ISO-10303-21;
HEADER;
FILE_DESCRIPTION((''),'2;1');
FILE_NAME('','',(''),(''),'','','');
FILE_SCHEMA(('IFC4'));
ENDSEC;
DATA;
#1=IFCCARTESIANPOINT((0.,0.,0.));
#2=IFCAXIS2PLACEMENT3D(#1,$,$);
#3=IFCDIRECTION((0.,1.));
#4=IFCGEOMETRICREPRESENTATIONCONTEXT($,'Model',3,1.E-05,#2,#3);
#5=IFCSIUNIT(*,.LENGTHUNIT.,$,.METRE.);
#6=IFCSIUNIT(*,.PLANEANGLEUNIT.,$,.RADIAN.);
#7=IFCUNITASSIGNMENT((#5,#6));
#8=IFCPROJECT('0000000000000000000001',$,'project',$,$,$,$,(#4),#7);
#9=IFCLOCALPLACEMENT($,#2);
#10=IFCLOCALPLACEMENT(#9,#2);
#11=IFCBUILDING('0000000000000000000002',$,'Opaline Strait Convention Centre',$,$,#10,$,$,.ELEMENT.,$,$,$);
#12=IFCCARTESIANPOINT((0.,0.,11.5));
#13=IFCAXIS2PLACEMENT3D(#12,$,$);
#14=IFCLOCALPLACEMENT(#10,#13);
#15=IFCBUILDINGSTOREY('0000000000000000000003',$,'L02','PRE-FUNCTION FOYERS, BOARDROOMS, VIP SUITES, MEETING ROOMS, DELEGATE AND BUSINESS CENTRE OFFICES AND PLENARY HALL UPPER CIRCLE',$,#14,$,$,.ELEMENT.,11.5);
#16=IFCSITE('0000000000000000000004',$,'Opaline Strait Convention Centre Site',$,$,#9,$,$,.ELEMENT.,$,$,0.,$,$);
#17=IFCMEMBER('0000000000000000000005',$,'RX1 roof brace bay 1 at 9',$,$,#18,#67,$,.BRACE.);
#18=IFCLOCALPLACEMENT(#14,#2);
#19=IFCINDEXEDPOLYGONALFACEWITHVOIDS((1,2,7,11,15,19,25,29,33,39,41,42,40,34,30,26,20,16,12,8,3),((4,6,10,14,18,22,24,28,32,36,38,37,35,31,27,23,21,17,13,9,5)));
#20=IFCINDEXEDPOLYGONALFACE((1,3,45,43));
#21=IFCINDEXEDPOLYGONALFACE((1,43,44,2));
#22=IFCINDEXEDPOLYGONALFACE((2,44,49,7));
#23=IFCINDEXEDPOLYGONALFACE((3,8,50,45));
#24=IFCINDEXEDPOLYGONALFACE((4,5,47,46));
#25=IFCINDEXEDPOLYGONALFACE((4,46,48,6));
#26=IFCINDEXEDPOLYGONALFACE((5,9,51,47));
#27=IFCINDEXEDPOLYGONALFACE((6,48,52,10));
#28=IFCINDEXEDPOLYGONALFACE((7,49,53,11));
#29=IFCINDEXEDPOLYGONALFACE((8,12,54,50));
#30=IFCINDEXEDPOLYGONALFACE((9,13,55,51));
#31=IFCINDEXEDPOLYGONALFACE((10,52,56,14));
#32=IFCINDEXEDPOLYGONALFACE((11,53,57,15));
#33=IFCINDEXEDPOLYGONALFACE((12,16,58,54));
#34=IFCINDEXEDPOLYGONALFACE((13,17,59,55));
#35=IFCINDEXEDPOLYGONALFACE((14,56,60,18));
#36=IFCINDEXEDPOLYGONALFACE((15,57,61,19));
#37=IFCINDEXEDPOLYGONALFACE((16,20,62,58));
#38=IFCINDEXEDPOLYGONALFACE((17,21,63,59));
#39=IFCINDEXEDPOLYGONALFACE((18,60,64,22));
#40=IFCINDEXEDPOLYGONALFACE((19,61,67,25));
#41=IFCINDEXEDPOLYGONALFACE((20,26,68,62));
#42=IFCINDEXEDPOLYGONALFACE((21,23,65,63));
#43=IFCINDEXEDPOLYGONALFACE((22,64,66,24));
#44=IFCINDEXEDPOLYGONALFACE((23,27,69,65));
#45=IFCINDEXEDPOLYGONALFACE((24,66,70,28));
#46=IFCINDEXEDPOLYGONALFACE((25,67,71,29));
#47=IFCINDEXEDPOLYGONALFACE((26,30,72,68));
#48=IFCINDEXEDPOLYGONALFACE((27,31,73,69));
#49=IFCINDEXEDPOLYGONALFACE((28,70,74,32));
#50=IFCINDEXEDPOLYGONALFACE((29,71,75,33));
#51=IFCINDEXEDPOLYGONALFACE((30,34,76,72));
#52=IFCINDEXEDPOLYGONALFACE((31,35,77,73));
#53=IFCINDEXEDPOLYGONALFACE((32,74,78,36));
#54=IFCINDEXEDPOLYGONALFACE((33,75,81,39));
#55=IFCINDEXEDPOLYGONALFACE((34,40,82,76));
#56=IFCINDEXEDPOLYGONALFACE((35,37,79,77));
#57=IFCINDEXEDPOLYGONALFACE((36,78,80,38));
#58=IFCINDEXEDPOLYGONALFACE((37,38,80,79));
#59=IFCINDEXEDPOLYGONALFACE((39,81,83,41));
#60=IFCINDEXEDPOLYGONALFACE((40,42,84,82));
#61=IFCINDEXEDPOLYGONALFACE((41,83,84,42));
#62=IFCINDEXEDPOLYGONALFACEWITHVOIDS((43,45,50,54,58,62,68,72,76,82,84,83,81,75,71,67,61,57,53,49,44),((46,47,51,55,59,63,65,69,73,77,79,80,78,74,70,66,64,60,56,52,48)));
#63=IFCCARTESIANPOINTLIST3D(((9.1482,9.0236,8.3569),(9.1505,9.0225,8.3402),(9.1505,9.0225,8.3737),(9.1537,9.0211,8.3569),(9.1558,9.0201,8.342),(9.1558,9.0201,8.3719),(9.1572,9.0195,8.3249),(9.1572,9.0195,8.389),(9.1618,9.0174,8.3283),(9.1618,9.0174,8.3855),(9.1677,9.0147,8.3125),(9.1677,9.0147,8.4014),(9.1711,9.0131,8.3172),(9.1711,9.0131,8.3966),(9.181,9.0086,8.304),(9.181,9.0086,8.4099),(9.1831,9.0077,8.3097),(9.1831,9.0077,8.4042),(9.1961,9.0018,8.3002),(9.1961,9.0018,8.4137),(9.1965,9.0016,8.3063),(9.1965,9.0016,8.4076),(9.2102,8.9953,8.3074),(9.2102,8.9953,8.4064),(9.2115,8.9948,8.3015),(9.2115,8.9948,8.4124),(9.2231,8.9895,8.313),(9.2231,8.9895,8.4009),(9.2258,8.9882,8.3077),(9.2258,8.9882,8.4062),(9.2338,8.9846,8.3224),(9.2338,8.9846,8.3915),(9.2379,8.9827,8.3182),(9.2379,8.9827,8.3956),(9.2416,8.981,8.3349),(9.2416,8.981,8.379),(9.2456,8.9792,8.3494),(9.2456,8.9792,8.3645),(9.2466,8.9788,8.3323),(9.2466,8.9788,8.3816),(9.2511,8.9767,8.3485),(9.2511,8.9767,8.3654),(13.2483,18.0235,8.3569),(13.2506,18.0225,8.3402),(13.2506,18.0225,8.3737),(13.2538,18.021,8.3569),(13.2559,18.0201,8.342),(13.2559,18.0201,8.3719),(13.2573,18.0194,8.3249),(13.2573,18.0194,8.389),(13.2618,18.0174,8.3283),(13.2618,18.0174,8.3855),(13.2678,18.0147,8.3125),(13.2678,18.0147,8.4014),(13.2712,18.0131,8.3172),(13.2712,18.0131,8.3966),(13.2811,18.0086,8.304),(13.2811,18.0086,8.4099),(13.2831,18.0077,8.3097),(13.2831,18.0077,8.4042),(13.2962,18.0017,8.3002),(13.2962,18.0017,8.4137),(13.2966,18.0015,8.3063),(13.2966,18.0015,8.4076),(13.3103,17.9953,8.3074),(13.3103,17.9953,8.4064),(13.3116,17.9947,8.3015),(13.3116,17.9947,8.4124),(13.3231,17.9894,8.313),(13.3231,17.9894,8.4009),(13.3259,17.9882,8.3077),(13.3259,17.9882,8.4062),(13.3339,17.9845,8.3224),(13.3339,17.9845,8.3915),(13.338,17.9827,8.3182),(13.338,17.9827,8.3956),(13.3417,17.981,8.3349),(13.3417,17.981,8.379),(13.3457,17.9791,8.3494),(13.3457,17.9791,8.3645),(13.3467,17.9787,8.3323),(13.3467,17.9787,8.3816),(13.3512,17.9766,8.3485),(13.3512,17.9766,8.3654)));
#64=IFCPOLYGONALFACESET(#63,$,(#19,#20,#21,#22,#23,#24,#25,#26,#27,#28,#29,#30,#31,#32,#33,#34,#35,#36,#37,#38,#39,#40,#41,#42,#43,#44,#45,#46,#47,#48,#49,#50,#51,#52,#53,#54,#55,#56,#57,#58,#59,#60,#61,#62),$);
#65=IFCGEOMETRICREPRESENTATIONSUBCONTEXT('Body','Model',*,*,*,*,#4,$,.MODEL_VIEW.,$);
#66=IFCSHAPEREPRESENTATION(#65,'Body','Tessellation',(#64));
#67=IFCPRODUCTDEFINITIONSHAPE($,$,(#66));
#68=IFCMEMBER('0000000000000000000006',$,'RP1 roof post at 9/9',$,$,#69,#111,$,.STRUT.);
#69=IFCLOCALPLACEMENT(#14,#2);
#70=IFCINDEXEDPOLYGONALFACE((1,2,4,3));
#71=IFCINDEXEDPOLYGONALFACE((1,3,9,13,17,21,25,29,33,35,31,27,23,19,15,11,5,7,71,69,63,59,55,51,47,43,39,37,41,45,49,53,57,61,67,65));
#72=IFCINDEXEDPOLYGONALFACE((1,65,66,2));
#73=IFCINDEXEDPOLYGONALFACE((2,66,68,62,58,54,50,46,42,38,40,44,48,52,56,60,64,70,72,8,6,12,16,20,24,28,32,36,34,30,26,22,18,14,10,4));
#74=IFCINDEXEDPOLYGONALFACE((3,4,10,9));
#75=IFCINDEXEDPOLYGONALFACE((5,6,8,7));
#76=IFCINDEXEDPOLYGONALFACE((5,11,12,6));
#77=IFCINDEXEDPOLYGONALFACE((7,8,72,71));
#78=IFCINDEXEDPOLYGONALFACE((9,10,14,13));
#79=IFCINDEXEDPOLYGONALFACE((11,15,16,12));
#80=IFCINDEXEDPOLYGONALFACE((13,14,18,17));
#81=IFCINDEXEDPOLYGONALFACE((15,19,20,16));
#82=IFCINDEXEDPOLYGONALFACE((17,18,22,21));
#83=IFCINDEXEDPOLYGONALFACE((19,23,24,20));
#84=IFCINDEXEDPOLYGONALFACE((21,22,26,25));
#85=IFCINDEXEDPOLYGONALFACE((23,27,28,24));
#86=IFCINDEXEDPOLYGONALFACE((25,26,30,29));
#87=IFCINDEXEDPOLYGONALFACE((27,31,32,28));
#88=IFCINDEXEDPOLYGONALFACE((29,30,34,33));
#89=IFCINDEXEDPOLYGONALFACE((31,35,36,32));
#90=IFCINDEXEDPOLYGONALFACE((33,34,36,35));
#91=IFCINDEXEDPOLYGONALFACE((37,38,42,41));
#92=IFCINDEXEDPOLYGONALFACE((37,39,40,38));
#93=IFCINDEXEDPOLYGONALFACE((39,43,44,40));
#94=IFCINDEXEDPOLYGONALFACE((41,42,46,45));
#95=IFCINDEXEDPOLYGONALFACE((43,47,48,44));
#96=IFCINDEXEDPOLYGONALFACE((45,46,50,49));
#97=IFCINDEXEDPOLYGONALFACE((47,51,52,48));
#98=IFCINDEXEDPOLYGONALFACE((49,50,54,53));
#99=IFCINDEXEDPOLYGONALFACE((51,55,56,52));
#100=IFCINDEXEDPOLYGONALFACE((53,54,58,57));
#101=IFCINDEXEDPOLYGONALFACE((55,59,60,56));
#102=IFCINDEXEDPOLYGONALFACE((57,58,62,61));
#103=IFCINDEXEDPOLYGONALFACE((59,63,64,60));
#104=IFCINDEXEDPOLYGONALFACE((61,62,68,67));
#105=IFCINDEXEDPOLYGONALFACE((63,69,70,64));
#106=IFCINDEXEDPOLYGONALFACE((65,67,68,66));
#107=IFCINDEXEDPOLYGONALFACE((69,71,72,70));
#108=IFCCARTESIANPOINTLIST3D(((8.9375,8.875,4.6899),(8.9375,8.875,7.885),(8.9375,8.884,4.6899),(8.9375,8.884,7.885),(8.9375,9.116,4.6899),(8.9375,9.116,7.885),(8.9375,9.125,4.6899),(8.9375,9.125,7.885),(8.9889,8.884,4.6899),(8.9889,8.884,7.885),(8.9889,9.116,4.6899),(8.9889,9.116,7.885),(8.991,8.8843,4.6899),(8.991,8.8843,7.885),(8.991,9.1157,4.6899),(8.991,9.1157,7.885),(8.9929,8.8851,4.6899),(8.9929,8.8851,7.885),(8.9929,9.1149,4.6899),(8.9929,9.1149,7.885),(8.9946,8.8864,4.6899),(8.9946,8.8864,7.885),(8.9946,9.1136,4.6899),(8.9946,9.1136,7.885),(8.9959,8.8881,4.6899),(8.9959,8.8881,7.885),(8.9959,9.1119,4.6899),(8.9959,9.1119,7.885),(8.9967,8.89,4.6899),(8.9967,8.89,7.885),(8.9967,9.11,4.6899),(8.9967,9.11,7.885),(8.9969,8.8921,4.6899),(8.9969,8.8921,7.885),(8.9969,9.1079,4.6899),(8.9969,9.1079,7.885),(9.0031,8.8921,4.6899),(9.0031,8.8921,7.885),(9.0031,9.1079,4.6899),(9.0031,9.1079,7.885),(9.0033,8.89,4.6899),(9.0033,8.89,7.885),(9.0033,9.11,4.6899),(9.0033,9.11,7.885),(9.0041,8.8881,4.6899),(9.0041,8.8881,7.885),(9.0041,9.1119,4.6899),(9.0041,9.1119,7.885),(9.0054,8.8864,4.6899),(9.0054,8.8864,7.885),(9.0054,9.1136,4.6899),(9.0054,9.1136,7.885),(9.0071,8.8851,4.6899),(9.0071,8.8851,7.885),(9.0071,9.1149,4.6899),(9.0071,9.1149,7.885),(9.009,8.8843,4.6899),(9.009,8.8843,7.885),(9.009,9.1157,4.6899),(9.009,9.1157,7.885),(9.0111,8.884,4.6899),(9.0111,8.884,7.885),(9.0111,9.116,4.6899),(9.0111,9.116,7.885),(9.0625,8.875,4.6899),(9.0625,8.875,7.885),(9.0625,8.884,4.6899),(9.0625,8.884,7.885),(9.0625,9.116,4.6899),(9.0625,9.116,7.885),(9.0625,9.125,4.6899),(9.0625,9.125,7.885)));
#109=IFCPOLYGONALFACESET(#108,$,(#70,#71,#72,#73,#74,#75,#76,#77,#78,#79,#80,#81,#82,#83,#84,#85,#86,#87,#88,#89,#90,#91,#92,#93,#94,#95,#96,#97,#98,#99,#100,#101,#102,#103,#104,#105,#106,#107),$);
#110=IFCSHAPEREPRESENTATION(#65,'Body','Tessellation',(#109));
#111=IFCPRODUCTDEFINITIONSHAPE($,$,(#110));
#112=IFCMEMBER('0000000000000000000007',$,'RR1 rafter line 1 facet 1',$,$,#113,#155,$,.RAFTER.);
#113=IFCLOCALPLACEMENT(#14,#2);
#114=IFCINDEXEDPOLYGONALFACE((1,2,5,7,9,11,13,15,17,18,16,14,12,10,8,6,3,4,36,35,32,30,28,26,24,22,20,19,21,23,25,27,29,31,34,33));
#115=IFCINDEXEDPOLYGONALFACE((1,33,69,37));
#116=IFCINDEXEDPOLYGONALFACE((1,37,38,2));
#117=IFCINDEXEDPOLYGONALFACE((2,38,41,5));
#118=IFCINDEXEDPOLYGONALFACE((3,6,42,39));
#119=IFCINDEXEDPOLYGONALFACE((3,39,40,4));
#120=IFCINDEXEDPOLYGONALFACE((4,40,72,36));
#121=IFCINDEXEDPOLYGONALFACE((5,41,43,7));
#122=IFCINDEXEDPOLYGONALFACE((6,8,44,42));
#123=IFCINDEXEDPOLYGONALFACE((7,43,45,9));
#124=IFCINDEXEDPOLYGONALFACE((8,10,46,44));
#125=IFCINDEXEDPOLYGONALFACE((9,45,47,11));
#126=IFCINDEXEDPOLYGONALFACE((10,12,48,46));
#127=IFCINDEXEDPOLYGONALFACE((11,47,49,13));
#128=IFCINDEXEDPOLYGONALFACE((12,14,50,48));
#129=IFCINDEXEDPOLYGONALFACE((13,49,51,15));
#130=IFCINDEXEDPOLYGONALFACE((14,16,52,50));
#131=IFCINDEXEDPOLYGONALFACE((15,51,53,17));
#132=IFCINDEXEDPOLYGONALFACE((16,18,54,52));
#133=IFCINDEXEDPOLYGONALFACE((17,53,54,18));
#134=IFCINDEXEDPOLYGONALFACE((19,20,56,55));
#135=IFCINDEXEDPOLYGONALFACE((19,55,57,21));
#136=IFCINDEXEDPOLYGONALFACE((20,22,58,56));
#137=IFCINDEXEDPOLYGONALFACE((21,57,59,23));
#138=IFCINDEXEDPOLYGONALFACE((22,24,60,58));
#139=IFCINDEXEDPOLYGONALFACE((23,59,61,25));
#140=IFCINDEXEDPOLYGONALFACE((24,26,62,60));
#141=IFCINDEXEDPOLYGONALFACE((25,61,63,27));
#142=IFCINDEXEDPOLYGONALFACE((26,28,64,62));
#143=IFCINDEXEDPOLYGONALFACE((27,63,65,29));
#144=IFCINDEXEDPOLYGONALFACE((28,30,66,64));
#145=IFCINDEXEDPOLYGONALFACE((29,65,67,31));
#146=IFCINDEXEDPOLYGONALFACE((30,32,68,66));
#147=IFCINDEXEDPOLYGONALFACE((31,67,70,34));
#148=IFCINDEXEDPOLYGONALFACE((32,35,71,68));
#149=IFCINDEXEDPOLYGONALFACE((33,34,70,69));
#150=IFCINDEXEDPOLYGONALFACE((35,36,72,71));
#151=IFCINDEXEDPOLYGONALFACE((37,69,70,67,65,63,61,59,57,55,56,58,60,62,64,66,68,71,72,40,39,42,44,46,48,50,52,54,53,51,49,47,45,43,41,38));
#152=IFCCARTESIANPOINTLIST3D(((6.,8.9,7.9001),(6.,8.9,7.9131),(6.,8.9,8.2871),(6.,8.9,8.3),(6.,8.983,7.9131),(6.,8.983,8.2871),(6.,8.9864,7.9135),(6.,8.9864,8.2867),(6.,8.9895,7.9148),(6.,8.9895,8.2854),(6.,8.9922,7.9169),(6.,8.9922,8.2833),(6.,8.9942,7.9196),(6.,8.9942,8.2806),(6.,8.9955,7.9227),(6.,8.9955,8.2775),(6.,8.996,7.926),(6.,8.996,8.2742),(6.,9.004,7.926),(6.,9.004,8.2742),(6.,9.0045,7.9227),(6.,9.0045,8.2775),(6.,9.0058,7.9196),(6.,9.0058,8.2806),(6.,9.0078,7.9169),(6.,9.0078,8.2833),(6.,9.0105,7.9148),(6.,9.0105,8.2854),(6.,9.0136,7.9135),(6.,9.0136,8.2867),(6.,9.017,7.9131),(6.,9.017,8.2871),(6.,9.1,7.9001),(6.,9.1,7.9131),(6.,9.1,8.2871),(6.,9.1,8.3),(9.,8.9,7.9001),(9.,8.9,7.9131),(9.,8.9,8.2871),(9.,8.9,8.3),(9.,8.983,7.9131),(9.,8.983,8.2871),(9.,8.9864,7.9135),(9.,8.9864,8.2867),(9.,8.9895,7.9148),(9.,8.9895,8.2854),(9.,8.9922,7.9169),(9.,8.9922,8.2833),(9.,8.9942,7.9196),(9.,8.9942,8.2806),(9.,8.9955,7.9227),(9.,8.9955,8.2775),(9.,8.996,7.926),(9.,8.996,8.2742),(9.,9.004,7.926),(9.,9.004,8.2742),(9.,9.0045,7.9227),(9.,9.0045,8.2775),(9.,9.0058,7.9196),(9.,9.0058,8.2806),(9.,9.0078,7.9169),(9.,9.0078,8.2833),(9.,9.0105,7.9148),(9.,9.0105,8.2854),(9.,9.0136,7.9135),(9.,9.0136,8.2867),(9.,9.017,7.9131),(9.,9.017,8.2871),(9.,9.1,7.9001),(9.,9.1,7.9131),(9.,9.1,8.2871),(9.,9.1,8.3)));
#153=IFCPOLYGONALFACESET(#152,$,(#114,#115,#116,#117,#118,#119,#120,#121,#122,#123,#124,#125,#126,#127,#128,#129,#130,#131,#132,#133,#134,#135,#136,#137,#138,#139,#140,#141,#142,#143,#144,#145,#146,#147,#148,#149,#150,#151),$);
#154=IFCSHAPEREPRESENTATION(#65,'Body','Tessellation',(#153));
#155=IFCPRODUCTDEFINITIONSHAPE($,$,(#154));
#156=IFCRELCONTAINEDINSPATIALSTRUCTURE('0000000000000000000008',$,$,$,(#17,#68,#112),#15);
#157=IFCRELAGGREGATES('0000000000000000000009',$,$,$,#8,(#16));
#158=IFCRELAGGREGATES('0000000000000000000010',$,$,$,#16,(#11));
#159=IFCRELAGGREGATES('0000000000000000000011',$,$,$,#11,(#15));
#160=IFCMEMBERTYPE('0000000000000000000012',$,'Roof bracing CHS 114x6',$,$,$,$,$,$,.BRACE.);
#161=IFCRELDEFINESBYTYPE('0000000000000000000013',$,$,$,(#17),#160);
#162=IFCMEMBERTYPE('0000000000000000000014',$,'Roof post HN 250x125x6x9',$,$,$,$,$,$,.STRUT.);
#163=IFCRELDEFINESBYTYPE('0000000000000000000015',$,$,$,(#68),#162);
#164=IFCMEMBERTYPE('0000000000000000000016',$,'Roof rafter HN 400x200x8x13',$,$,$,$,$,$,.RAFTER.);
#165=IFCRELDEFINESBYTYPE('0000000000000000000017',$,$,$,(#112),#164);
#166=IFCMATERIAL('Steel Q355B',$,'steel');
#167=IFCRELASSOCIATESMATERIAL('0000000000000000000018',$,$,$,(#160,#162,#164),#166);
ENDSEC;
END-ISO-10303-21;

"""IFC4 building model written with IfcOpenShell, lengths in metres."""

from ifc_helpers import new_model, si_unit, direction, frame, origin, origin_2d, place, context, subcontext, project, spatial, hollow_circle, i_section, extrude, material, material_profile, profile_set, type_object, element, save


model = new_model("IFC4")

# Units and contexts
model_context = context("Model", 3, precision=1e-05, world=origin(), true_north=direction((0.0, 1.0)))
body_context = subcontext(model_context, "Body", "Model", "MODEL_VIEW")
ifc_project = project(units=[si_unit("LENGTHUNIT", "METRE"), si_unit("PLANEANGLEUNIT", "RADIAN")], contexts=[model_context])

# Site, building, storey
site_placement = place(None, origin())
site = spatial("IfcSite", under=ifc_project, at=site_placement, Name="Opaline Strait Convention Centre Site", CompositionType="ELEMENT", RefElevation=0.0)
building_placement = place(site_placement, origin())
building = spatial("IfcBuilding", under=site, at=building_placement, Name="Opaline Strait Convention Centre", CompositionType="ELEMENT")
storey_placement = place(building_placement, frame((0.0, 0.0, 11.5)))
storey = spatial("IfcBuildingStorey", under=building, at=storey_placement, Name="L02", Description="PRE-FUNCTION FOYERS, BOARDROOMS, VIP SUITES, MEETING ROOMS, DELEGATE AND BUSINESS CENTRE OFFICES AND PLENARY HALL UPPER CIRCLE", CompositionType="ELEMENT", Elevation=11.5)

# Shared definitions
ifc_material_1 = material(Name="Steel Q355B", Category="steel")

# Members
ifc_material_profile_1 = material_profile(ifc_material_1, hollow_circle(Radius=0.0569, WallThickness=0.0061, at=origin_2d()), Name="CHS 114x6")
ifc_profile_set_1 = profile_set([ifc_material_profile_1], Name="Steel Q355B")
member_type_1 = type_object("IfcMemberType", Name="Roof bracing CHS 114x6", PredefinedType="BRACE", material=ifc_profile_set_1)
member_1_placement = place(storey_placement, frame((9.2, 9.0, 8.3569), z_axis=(0.414573, 0.910016, 0.0), x_axis=(-0.910016, 0.414573, 0.0)))
element("IfcMember", 1, at=member_1_placement, inside=storey, type_object=member_type_1, Name="RX1 roof brace bay 1 at 9", PredefinedType="BRACE", context=body_context, shape_type="SweptSolid", body=[
    extrude(hollow_circle(Radius=0.0569, WallThickness=0.0061, at=origin_2d()), origin(), (0.0, 0.0, 1.0), 9.8899),
])
ifc_material_profile_2 = material_profile(ifc_material_1, i_section(OverallWidth=0.125, OverallDepth=0.25, WebThickness=0.0061, FlangeThickness=0.009, FilletRadius=0.0081, at=origin_2d()), Name="HN 250x125x6x9")
ifc_profile_set_2 = profile_set([ifc_material_profile_2], Name="Steel Q355B")
member_type_2 = type_object("IfcMemberType", Name="Roof post HN 250x125x6x9", PredefinedType="STRUT", material=ifc_profile_set_2)
member_2_placement = place(storey_placement, frame((9.0, 9.0, 4.6899), z_axis=(0.0, 0.0, 1.0), x_axis=(1.0, 0.0, 0.0)))
element("IfcMember", 2, at=member_2_placement, inside=storey, type_object=member_type_2, Name="RP1 roof post at 9/9", PredefinedType="STRUT", context=body_context, shape_type="SweptSolid", body=[
    extrude(i_section(OverallWidth=0.125, OverallDepth=0.25, WebThickness=0.0061, FlangeThickness=0.009, FilletRadius=0.0081, at=origin_2d()), origin(), (0.0, 0.0, 1.0), 3.1951),
])
ifc_material_profile_3 = material_profile(ifc_material_1, i_section(OverallWidth=0.2, OverallDepth=0.3999, WebThickness=0.0081, FlangeThickness=0.0129, FilletRadius=0.0129, at=origin_2d()), Name="HN 400x200x8x13")
ifc_profile_set_3 = profile_set([ifc_material_profile_3], Name="Steel Q355B")
member_type_3 = type_object("IfcMemberType", Name="Roof rafter HN 400x200x8x13", PredefinedType="RAFTER", material=ifc_profile_set_3)
member_3_placement = place(storey_placement, frame((6.0, 9.0, 8.1001), z_axis=(1.0, 0.0, 0.0), x_axis=(0.0, 1.0, 0.0)))
element("IfcMember", 3, at=member_3_placement, inside=storey, type_object=member_type_3, Name="RR1 rafter line 1 facet 1", PredefinedType="RAFTER", context=body_context, shape_type="SweptSolid", body=[
    extrude(i_section(OverallWidth=0.2, OverallDepth=0.3999, WebThickness=0.0081, FlangeThickness=0.0129, FilletRadius=0.0129, at=origin_2d()), origin(), (0.0, 0.0, 1.0), 3.0),
])

save(model, "model.ifc")
